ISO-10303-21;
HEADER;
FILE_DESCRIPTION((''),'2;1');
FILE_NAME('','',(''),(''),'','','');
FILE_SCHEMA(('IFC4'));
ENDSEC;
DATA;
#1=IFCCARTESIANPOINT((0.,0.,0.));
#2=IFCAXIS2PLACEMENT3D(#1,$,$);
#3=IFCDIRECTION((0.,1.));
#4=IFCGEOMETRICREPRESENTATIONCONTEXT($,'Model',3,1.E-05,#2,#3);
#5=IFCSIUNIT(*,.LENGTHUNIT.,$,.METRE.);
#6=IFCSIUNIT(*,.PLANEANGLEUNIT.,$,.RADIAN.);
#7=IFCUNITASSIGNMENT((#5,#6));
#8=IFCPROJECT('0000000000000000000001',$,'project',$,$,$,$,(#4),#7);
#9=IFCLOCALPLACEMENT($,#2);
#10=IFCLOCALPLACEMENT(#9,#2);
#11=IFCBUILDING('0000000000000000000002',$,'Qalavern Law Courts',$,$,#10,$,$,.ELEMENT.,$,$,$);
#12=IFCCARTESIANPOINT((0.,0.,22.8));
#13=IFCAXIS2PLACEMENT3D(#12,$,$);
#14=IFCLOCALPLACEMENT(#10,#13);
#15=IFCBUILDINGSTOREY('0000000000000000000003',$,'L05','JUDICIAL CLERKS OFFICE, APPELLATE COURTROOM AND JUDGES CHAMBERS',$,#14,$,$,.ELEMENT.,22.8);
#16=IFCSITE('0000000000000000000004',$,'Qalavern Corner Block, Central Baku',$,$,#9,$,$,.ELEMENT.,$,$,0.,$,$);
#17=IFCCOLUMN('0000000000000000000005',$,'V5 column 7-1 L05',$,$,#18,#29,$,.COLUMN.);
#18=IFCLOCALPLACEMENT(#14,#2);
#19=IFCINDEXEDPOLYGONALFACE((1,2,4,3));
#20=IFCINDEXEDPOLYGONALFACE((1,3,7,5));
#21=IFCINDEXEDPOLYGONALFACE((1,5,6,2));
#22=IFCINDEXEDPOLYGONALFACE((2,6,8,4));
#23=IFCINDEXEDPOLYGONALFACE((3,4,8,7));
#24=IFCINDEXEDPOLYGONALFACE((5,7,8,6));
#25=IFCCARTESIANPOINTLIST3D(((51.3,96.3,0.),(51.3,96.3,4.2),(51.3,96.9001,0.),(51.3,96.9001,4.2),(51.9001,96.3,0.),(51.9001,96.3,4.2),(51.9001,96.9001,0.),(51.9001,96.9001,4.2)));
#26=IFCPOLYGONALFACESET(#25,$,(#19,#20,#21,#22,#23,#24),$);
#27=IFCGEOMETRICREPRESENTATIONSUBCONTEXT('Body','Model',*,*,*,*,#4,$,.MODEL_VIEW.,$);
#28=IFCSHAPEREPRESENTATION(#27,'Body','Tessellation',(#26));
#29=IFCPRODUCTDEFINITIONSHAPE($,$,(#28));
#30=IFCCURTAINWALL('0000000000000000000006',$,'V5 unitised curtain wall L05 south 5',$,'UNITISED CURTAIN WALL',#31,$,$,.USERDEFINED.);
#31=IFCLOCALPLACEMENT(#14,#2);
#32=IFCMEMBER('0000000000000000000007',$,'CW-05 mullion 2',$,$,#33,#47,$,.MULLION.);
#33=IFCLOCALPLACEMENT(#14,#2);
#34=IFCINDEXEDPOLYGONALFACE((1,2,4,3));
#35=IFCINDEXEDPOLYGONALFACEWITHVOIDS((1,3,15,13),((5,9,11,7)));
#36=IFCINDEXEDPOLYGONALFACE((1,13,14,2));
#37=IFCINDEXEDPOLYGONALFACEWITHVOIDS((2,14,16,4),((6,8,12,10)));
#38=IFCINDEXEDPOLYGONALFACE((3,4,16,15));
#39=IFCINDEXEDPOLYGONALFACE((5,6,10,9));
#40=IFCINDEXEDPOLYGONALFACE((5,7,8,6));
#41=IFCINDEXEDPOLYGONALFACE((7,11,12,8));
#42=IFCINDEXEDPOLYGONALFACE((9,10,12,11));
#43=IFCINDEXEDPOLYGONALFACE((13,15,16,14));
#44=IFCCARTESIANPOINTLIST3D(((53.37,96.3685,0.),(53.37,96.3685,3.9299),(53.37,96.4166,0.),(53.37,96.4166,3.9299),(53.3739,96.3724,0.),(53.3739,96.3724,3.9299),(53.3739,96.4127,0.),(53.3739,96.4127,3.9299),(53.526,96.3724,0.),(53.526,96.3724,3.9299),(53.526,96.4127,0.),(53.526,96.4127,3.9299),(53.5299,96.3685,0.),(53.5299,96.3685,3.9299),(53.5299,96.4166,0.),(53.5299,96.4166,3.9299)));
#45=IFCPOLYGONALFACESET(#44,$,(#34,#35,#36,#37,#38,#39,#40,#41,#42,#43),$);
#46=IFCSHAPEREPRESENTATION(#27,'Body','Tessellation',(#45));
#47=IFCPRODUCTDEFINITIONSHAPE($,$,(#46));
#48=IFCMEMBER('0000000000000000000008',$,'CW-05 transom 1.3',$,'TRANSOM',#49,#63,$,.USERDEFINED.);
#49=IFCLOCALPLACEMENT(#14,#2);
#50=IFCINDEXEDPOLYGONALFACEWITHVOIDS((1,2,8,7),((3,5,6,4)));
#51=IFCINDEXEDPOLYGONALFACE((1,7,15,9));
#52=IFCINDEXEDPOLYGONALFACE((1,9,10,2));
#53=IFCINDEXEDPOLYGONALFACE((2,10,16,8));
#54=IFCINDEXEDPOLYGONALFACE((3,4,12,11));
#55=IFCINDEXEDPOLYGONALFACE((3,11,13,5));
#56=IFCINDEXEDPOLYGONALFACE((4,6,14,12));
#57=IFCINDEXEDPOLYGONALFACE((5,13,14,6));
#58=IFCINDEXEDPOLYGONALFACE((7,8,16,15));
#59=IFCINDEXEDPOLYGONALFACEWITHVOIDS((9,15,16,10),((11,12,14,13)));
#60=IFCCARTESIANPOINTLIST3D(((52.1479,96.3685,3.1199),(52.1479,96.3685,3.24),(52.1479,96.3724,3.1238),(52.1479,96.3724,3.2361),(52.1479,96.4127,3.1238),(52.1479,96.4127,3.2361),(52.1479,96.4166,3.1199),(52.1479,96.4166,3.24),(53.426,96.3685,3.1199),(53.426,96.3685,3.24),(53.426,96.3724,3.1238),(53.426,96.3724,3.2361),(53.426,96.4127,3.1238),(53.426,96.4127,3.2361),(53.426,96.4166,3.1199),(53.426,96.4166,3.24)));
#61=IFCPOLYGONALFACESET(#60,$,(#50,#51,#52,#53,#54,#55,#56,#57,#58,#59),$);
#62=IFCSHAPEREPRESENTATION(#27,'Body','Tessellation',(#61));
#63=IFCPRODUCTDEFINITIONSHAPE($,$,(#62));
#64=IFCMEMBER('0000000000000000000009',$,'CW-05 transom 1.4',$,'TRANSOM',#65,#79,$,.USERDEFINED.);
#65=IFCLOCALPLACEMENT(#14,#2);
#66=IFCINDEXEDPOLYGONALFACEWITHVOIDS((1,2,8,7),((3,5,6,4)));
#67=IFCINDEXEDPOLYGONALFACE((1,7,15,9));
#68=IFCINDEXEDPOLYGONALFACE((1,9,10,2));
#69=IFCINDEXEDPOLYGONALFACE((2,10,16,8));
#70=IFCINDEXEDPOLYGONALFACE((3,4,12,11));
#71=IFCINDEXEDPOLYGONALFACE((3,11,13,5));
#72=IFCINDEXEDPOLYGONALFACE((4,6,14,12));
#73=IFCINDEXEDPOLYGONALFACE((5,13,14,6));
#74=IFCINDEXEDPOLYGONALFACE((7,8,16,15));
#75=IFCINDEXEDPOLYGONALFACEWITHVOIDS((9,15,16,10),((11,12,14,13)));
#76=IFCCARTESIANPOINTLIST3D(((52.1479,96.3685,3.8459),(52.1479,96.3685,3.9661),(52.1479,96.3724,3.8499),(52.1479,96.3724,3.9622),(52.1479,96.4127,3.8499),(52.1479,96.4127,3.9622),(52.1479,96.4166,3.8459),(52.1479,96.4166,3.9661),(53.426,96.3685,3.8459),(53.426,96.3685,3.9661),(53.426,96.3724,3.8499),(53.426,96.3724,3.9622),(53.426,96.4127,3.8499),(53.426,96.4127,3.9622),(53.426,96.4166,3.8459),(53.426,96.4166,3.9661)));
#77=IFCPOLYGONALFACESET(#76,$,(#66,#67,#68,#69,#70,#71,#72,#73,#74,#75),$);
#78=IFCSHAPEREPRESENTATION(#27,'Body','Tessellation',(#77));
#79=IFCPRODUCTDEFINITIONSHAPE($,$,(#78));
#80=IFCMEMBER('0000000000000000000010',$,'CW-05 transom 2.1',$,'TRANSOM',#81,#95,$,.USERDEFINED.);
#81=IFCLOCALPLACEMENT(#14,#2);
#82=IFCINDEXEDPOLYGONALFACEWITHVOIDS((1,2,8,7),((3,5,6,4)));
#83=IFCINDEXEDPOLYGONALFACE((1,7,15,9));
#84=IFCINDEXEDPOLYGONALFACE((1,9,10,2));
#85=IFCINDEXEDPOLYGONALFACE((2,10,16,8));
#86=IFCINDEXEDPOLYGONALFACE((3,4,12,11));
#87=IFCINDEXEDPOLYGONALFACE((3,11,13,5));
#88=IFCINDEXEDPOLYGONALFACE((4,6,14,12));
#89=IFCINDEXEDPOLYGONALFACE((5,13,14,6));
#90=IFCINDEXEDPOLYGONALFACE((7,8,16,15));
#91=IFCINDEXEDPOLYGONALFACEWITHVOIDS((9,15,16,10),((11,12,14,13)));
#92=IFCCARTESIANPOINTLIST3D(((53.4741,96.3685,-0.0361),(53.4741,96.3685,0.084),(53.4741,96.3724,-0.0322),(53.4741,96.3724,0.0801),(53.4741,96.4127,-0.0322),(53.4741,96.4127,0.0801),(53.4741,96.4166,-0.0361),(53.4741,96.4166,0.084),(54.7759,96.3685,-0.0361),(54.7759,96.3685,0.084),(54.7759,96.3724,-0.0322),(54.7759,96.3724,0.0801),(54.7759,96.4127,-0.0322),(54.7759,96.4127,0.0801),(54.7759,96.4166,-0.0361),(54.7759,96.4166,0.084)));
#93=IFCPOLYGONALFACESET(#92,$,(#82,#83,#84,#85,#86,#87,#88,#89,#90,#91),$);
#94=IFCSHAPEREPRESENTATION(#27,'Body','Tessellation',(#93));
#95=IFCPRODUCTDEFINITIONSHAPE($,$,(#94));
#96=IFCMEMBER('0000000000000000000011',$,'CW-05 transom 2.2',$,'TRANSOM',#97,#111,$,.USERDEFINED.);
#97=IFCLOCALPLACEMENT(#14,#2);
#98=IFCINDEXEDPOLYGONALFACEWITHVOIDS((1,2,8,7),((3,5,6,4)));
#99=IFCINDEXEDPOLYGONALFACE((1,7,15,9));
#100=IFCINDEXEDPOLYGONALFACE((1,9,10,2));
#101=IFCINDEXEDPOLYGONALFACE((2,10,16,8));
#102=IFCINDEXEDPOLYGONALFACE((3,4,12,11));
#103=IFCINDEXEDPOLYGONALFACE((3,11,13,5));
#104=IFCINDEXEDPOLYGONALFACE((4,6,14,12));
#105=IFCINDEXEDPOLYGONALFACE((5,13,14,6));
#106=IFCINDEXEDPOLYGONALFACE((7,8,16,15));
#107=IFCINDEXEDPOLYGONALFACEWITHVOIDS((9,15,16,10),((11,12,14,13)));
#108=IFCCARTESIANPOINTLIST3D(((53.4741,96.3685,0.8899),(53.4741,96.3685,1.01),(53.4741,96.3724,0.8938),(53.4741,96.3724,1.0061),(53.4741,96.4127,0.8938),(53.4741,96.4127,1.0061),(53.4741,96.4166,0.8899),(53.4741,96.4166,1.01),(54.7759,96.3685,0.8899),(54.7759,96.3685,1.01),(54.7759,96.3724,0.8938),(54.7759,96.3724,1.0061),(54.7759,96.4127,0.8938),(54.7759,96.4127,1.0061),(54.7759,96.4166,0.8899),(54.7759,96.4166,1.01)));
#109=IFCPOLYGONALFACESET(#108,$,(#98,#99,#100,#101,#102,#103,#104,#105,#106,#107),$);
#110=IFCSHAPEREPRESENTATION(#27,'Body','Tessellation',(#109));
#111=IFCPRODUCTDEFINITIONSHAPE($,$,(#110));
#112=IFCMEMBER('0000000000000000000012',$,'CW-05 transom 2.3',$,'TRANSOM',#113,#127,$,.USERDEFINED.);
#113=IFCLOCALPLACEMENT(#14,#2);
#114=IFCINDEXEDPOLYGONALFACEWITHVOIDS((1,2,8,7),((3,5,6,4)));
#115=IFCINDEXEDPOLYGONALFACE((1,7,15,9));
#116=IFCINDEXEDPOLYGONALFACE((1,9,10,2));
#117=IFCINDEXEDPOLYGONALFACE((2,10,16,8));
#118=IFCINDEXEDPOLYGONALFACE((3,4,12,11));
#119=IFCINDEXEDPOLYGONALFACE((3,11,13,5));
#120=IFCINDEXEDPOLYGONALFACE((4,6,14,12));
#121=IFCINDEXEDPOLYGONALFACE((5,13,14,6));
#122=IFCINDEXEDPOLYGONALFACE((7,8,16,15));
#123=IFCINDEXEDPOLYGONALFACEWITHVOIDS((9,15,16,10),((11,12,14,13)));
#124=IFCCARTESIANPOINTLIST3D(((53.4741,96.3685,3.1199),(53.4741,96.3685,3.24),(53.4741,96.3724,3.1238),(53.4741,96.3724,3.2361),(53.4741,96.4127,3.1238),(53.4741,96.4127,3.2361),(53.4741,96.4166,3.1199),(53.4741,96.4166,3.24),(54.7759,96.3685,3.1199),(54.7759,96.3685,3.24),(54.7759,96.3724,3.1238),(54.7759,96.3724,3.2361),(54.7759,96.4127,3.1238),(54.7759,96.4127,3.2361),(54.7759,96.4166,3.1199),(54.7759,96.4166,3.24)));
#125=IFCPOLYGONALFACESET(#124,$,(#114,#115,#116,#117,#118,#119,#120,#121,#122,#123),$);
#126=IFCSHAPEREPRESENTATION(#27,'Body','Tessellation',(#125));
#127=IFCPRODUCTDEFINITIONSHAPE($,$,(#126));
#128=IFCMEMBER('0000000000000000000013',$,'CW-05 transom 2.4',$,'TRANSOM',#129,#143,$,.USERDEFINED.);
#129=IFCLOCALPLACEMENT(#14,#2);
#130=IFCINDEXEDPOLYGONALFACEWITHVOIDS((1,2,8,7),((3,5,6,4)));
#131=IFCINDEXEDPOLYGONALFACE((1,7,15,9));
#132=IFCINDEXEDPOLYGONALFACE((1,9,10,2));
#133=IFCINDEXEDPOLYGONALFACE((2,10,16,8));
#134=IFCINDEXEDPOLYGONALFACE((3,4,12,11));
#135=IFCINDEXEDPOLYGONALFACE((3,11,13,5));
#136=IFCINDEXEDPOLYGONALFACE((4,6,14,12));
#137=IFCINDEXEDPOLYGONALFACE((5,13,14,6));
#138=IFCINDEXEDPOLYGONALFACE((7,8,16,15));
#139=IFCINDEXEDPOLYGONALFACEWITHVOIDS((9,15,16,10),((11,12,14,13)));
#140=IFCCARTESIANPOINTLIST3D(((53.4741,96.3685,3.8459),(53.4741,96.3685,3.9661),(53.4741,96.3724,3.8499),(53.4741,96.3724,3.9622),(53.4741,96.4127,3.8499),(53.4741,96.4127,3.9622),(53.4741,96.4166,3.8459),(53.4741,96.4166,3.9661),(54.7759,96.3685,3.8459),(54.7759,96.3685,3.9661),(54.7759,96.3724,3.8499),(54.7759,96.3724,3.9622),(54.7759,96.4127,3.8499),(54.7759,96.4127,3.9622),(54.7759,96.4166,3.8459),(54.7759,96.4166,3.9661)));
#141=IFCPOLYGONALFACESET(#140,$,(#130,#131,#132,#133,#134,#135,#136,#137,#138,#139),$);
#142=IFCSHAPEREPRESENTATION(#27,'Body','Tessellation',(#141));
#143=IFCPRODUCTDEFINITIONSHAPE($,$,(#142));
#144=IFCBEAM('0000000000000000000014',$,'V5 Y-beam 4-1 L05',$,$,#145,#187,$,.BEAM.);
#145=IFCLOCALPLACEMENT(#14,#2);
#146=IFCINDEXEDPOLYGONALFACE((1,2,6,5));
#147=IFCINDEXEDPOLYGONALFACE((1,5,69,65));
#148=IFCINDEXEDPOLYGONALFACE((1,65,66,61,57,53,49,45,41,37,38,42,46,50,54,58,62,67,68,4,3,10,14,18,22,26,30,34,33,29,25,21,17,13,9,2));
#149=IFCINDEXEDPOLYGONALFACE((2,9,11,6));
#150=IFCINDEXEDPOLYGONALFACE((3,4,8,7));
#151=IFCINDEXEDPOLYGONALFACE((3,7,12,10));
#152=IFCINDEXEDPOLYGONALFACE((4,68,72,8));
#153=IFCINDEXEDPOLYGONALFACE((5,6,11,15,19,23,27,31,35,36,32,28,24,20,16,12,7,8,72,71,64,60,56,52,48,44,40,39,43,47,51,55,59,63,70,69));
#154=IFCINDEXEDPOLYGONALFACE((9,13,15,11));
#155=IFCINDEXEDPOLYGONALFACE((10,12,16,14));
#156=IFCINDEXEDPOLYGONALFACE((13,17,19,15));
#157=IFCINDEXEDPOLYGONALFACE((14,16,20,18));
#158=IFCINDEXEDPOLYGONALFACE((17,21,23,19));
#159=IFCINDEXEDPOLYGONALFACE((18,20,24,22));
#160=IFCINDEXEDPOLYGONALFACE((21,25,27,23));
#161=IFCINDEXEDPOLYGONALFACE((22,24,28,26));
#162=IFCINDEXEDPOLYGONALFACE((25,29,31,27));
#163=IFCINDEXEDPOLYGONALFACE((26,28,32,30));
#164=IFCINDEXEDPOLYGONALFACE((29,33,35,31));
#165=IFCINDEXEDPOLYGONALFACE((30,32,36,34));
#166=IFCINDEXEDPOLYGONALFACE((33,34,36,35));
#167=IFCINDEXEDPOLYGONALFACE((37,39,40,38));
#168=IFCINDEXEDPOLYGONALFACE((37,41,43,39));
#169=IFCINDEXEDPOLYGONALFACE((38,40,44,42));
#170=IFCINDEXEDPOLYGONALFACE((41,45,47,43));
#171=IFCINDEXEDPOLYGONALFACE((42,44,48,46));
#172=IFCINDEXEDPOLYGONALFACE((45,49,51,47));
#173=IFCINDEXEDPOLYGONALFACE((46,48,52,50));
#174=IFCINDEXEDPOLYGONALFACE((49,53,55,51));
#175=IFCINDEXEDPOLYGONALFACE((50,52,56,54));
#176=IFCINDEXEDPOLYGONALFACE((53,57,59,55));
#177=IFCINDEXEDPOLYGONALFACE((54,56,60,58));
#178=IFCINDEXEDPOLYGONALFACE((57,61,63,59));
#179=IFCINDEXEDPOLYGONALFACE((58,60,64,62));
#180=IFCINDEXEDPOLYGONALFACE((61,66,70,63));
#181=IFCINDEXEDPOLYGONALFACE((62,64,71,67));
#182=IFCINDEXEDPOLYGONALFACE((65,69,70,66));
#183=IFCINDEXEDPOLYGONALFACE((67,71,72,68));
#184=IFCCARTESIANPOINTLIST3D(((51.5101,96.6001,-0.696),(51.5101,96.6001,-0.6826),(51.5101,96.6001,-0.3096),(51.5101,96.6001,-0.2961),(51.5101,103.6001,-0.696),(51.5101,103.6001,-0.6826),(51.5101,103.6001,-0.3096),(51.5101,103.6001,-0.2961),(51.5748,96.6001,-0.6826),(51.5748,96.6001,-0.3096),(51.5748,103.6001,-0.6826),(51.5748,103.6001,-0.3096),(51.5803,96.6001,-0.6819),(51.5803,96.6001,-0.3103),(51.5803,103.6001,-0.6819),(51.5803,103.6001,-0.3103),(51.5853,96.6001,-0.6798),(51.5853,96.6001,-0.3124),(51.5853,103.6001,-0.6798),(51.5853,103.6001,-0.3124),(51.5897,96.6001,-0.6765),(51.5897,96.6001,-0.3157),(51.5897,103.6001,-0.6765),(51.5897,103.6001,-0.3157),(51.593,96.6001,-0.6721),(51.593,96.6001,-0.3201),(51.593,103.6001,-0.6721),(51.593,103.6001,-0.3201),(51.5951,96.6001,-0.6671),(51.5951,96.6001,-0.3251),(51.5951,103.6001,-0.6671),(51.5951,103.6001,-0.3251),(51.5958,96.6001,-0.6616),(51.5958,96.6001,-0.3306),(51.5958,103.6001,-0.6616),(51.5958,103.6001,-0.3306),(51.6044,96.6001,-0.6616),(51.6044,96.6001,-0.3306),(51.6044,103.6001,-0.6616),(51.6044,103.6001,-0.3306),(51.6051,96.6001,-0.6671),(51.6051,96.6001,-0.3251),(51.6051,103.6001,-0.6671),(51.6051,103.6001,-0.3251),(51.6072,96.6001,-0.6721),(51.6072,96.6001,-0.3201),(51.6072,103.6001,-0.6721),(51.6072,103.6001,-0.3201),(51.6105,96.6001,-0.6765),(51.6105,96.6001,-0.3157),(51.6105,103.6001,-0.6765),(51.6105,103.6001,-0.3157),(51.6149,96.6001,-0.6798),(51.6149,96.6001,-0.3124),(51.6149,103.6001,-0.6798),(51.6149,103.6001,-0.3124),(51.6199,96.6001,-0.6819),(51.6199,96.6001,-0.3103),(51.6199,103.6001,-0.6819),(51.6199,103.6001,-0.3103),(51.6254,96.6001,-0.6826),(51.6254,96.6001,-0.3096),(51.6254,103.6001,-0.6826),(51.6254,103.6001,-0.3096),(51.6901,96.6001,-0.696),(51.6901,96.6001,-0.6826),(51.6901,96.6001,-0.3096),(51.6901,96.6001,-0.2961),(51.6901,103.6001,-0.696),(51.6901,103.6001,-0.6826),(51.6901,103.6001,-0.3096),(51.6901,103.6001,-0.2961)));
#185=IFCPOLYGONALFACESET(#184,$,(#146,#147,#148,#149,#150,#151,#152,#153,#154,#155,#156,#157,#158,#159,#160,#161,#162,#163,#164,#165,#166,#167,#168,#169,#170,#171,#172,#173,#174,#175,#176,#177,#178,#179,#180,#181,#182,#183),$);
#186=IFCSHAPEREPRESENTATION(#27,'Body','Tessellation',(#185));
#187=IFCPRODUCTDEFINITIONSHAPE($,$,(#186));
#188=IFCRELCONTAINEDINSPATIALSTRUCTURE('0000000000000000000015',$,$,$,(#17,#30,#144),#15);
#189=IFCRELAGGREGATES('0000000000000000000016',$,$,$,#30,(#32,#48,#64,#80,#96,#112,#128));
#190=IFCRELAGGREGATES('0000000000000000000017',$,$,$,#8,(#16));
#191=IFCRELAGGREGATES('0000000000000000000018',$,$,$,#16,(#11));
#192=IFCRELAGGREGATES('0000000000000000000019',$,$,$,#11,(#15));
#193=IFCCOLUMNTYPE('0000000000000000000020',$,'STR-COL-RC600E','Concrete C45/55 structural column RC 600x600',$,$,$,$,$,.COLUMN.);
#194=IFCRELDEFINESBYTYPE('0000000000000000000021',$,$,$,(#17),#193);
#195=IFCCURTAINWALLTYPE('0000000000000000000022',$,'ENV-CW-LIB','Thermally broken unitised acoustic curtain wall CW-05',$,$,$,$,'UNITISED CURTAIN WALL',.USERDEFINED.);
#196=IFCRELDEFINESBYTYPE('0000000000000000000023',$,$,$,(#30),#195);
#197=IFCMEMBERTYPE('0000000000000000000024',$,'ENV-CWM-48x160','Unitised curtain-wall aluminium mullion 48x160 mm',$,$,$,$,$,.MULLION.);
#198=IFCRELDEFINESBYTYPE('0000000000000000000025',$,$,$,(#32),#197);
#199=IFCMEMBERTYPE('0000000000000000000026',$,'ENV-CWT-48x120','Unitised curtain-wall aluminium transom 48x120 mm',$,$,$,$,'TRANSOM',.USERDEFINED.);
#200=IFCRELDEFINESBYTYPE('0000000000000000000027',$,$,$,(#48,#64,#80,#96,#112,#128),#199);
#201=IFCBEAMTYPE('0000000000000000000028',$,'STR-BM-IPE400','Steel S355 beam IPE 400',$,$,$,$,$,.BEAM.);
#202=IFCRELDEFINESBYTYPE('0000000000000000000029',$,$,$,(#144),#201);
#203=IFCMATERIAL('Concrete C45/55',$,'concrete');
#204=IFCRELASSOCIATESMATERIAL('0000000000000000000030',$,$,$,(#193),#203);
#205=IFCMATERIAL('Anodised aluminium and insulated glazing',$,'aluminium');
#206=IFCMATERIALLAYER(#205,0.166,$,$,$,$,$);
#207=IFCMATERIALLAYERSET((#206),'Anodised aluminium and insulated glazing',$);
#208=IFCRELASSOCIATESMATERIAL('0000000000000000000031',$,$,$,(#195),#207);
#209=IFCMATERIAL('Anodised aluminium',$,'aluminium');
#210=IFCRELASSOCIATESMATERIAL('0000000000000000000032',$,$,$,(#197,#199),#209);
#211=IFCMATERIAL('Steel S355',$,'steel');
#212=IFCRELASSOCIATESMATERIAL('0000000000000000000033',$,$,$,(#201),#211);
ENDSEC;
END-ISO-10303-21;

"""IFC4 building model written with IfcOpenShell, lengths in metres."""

from ifc_helpers import new_model, si_unit, direction, frame, origin, origin_2d, place, context, subcontext, project, spatial, rectangle, hollow_rectangle, i_section, extrude, material, layer, layer_set, material_profile, profile_set, type_object, element, aggregate, save


model = new_model("IFC4")

# Units and contexts
model_context = context("Model", 3, precision=1e-05, world=origin(), true_north=direction((0.0, 1.0)))
body_context = subcontext(model_context, "Body", "Model", "MODEL_VIEW")
ifc_project = project(units=[si_unit("LENGTHUNIT", "METRE"), si_unit("PLANEANGLEUNIT", "RADIAN")], contexts=[model_context])

# Site, building, storey
site_placement = place(None, origin())
site = spatial("IfcSite", under=ifc_project, at=site_placement, Name="Qalavern Corner Block, Central Baku", CompositionType="ELEMENT", RefElevation=0.0)
building_placement = place(site_placement, origin())
building = spatial("IfcBuilding", under=site, at=building_placement, Name="Qalavern Law Courts", CompositionType="ELEMENT")
storey_placement = place(building_placement, frame((0.0, 0.0, 22.8)))
storey = spatial("IfcBuildingStorey", under=building, at=storey_placement, Name="L05", Description="JUDICIAL CLERKS OFFICE, APPELLATE COURTROOM AND JUDGES CHAMBERS", CompositionType="ELEMENT", Elevation=22.8)

# Column
ifc_material_1 = material(Name="Concrete C45/55", Category="concrete")
ifc_material_profile_1 = material_profile(ifc_material_1, rectangle(XDim=0.6001, YDim=0.6001, at=origin_2d()), Name="RC 600x600")
ifc_profile_set_1 = profile_set([ifc_material_profile_1], Name="Concrete C45/55")
column_type = type_object("IfcColumnType", Name="STR-COL-RC600E", Description="Concrete C45/55 structural column RC 600x600", PredefinedType="COLUMN", material=ifc_profile_set_1)
column_placement = place(storey_placement, frame((51.6001, 96.6001, 0.0), z_axis=(0.0, 0.0, 1.0), x_axis=(1.0, 0.0, 0.0)))
element("IfcColumn", 1, at=column_placement, inside=storey, type_object=column_type, Name="V5 column 7-1 L05", PredefinedType="COLUMN", context=body_context, shape_type="SweptSolid", body=[
    extrude(rectangle(XDim=0.6001, YDim=0.6001, at=origin_2d()), origin(), (0.0, 0.0, 1.0), 4.2),
])

# Curtain wall, members
ifc_material_2 = material(Name="Anodised aluminium and insulated glazing", Category="aluminium")
ifc_layer_1 = layer(ifc_material_2, 0.166)
ifc_layer_set_1 = layer_set([ifc_layer_1], Name="Anodised aluminium and insulated glazing")
curtain_wall_type = type_object("IfcCurtainWallType", Name="ENV-CW-LIB", Description="Thermally broken unitised acoustic curtain wall CW-05", ElementType="UNITISED CURTAIN WALL", PredefinedType="USERDEFINED", material=ifc_layer_set_1)
curtain_wall_placement = place(storey_placement, origin())
curtain_wall = element("IfcCurtainWall", 2, at=curtain_wall_placement, inside=storey, type_object=curtain_wall_type, Name="V5 unitised curtain wall L05 south 5", ObjectType="UNITISED CURTAIN WALL", PredefinedType="USERDEFINED")
ifc_material_3 = material(Name="Anodised aluminium", Category="aluminium")
ifc_material_profile_2 = material_profile(ifc_material_3, hollow_rectangle(XDim=0.0481, YDim=0.1599, WallThickness=0.0039, at=origin_2d()), Name="ALU MULLION 48x160")
ifc_profile_set_2 = profile_set([ifc_material_profile_2], Name="Anodised aluminium")
member_type_1 = type_object("IfcMemberType", Name="ENV-CWM-48x160", Description="Unitised curtain-wall aluminium mullion 48x160 mm", PredefinedType="MULLION", material=ifc_profile_set_2)
member_1_placement = place(storey_placement, frame((53.45, 96.3926, 0.0), z_axis=(0.0, 0.0, 1.0), x_axis=(0.0, 1.0, 0.0)))
member_1 = element("IfcMember", 3, at=member_1_placement, type_object=member_type_1, Name="CW-05 mullion 2", PredefinedType="MULLION", context=body_context, shape_type="SweptSolid", body=[
    extrude(hollow_rectangle(XDim=0.0481, YDim=0.1599, WallThickness=0.0039, at=origin_2d()), origin(), (0.0, 0.0, 1.0), 3.9299),
])
ifc_material_profile_3 = material_profile(ifc_material_3, hollow_rectangle(XDim=0.0481, YDim=0.1201, WallThickness=0.0039, at=origin_2d()), Name="ALU TRANSOM 48x120")
ifc_profile_set_3 = profile_set([ifc_material_profile_3], Name="Anodised aluminium")
member_type_2 = type_object("IfcMemberType", Name="ENV-CWT-48x120", Description="Unitised curtain-wall aluminium transom 48x120 mm", ElementType="TRANSOM", PredefinedType="USERDEFINED", material=ifc_profile_set_3)
member_2_placement = place(storey_placement, frame((52.1479, 96.3926, 3.1799), z_axis=(1.0, 0.0, 0.0), x_axis=(0.0, 1.0, 0.0)))
member_2 = element("IfcMember", 4, at=member_2_placement, type_object=member_type_2, Name="CW-05 transom 1.3", ObjectType="TRANSOM", PredefinedType="USERDEFINED", context=body_context, shape_type="SweptSolid", body=[
    extrude(hollow_rectangle(XDim=0.0481, YDim=0.1201, WallThickness=0.0039, at=origin_2d()), origin(), (0.0, 0.0, 1.0), 1.2781),
])
member_3_placement = place(storey_placement, frame((52.1479, 96.3926, 3.906), z_axis=(1.0, 0.0, 0.0), x_axis=(0.0, 1.0, 0.0)))
member_3 = element("IfcMember", 5, at=member_3_placement, type_object=member_type_2, Name="CW-05 transom 1.4", ObjectType="TRANSOM", PredefinedType="USERDEFINED", context=body_context, shape_type="SweptSolid", body=[
    extrude(hollow_rectangle(XDim=0.0481, YDim=0.1201, WallThickness=0.0039, at=origin_2d()), origin(), (0.0, 0.0, 1.0), 1.2781),
])
member_4_placement = place(storey_placement, frame((53.4741, 96.3926, 0.0239), z_axis=(1.0, 0.0, 0.0), x_axis=(0.0, 1.0, 0.0)))
member_4 = element("IfcMember", 6, at=member_4_placement, type_object=member_type_2, Name="CW-05 transom 2.1", ObjectType="TRANSOM", PredefinedType="USERDEFINED", context=body_context, shape_type="SweptSolid", body=[
    extrude(hollow_rectangle(XDim=0.0481, YDim=0.1201, WallThickness=0.0039, at=origin_2d()), origin(), (0.0, 0.0, 1.0), 1.3018),
])
member_5_placement = place(storey_placement, frame((53.4741, 96.3926, 0.95), z_axis=(1.0, 0.0, 0.0), x_axis=(0.0, 1.0, 0.0)))
member_5 = element("IfcMember", 7, at=member_5_placement, type_object=member_type_2, Name="CW-05 transom 2.2", ObjectType="TRANSOM", PredefinedType="USERDEFINED", context=body_context, shape_type="SweptSolid", body=[
    extrude(hollow_rectangle(XDim=0.0481, YDim=0.1201, WallThickness=0.0039, at=origin_2d()), origin(), (0.0, 0.0, 1.0), 1.3018),
])
member_6_placement = place(storey_placement, frame((53.4741, 96.3926, 3.1799), z_axis=(1.0, 0.0, 0.0), x_axis=(0.0, 1.0, 0.0)))
member_6 = element("IfcMember", 8, at=member_6_placement, type_object=member_type_2, Name="CW-05 transom 2.3", ObjectType="TRANSOM", PredefinedType="USERDEFINED", context=body_context, shape_type="SweptSolid", body=[
    extrude(hollow_rectangle(XDim=0.0481, YDim=0.1201, WallThickness=0.0039, at=origin_2d()), origin(), (0.0, 0.0, 1.0), 1.3018),
])
member_7_placement = place(storey_placement, frame((53.4741, 96.3926, 3.906), z_axis=(1.0, 0.0, 0.0), x_axis=(0.0, 1.0, 0.0)))
member_7 = element("IfcMember", 9, at=member_7_placement, type_object=member_type_2, Name="CW-05 transom 2.4", ObjectType="TRANSOM", PredefinedType="USERDEFINED", context=body_context, shape_type="SweptSolid", body=[
    extrude(hollow_rectangle(XDim=0.0481, YDim=0.1201, WallThickness=0.0039, at=origin_2d()), origin(), (0.0, 0.0, 1.0), 1.3018),
])

# Beam
ifc_material_4 = material(Name="Steel S355", Category="steel")
ifc_material_profile_4 = material_profile(ifc_material_4, i_section(OverallWidth=0.1799, OverallDepth=0.3999, WebThickness=0.0085, FlangeThickness=0.0134, FilletRadius=0.021, at=origin_2d()), Name="IPE 400")
ifc_profile_set_4 = profile_set([ifc_material_profile_4], Name="Steel S355")
beam_type_1 = type_object("IfcBeamType", Name="STR-BM-IPE400", Description="Steel S355 beam IPE 400", PredefinedType="BEAM", material=ifc_profile_set_4)
beam_1_placement = place(storey_placement, frame((51.6001, 96.6001, -0.4961), z_axis=(0.0, 1.0, 0.0), x_axis=(-1.0, 0.0, 0.0)))
element("IfcBeam", 10, at=beam_1_placement, inside=storey, type_object=beam_type_1, Name="V5 Y-beam 4-1 L05", PredefinedType="BEAM", context=body_context, shape_type="SweptSolid", body=[
    extrude(i_section(OverallWidth=0.1799, OverallDepth=0.3999, WebThickness=0.0085, FlangeThickness=0.0134, FilletRadius=0.021, at=origin_2d()), origin(), (0.0, 0.0, 1.0), 7.0),
])

aggregate(curtain_wall, [member_1, member_2, member_3, member_4, member_5, member_6, member_7])

save(model, "model.ifc")
